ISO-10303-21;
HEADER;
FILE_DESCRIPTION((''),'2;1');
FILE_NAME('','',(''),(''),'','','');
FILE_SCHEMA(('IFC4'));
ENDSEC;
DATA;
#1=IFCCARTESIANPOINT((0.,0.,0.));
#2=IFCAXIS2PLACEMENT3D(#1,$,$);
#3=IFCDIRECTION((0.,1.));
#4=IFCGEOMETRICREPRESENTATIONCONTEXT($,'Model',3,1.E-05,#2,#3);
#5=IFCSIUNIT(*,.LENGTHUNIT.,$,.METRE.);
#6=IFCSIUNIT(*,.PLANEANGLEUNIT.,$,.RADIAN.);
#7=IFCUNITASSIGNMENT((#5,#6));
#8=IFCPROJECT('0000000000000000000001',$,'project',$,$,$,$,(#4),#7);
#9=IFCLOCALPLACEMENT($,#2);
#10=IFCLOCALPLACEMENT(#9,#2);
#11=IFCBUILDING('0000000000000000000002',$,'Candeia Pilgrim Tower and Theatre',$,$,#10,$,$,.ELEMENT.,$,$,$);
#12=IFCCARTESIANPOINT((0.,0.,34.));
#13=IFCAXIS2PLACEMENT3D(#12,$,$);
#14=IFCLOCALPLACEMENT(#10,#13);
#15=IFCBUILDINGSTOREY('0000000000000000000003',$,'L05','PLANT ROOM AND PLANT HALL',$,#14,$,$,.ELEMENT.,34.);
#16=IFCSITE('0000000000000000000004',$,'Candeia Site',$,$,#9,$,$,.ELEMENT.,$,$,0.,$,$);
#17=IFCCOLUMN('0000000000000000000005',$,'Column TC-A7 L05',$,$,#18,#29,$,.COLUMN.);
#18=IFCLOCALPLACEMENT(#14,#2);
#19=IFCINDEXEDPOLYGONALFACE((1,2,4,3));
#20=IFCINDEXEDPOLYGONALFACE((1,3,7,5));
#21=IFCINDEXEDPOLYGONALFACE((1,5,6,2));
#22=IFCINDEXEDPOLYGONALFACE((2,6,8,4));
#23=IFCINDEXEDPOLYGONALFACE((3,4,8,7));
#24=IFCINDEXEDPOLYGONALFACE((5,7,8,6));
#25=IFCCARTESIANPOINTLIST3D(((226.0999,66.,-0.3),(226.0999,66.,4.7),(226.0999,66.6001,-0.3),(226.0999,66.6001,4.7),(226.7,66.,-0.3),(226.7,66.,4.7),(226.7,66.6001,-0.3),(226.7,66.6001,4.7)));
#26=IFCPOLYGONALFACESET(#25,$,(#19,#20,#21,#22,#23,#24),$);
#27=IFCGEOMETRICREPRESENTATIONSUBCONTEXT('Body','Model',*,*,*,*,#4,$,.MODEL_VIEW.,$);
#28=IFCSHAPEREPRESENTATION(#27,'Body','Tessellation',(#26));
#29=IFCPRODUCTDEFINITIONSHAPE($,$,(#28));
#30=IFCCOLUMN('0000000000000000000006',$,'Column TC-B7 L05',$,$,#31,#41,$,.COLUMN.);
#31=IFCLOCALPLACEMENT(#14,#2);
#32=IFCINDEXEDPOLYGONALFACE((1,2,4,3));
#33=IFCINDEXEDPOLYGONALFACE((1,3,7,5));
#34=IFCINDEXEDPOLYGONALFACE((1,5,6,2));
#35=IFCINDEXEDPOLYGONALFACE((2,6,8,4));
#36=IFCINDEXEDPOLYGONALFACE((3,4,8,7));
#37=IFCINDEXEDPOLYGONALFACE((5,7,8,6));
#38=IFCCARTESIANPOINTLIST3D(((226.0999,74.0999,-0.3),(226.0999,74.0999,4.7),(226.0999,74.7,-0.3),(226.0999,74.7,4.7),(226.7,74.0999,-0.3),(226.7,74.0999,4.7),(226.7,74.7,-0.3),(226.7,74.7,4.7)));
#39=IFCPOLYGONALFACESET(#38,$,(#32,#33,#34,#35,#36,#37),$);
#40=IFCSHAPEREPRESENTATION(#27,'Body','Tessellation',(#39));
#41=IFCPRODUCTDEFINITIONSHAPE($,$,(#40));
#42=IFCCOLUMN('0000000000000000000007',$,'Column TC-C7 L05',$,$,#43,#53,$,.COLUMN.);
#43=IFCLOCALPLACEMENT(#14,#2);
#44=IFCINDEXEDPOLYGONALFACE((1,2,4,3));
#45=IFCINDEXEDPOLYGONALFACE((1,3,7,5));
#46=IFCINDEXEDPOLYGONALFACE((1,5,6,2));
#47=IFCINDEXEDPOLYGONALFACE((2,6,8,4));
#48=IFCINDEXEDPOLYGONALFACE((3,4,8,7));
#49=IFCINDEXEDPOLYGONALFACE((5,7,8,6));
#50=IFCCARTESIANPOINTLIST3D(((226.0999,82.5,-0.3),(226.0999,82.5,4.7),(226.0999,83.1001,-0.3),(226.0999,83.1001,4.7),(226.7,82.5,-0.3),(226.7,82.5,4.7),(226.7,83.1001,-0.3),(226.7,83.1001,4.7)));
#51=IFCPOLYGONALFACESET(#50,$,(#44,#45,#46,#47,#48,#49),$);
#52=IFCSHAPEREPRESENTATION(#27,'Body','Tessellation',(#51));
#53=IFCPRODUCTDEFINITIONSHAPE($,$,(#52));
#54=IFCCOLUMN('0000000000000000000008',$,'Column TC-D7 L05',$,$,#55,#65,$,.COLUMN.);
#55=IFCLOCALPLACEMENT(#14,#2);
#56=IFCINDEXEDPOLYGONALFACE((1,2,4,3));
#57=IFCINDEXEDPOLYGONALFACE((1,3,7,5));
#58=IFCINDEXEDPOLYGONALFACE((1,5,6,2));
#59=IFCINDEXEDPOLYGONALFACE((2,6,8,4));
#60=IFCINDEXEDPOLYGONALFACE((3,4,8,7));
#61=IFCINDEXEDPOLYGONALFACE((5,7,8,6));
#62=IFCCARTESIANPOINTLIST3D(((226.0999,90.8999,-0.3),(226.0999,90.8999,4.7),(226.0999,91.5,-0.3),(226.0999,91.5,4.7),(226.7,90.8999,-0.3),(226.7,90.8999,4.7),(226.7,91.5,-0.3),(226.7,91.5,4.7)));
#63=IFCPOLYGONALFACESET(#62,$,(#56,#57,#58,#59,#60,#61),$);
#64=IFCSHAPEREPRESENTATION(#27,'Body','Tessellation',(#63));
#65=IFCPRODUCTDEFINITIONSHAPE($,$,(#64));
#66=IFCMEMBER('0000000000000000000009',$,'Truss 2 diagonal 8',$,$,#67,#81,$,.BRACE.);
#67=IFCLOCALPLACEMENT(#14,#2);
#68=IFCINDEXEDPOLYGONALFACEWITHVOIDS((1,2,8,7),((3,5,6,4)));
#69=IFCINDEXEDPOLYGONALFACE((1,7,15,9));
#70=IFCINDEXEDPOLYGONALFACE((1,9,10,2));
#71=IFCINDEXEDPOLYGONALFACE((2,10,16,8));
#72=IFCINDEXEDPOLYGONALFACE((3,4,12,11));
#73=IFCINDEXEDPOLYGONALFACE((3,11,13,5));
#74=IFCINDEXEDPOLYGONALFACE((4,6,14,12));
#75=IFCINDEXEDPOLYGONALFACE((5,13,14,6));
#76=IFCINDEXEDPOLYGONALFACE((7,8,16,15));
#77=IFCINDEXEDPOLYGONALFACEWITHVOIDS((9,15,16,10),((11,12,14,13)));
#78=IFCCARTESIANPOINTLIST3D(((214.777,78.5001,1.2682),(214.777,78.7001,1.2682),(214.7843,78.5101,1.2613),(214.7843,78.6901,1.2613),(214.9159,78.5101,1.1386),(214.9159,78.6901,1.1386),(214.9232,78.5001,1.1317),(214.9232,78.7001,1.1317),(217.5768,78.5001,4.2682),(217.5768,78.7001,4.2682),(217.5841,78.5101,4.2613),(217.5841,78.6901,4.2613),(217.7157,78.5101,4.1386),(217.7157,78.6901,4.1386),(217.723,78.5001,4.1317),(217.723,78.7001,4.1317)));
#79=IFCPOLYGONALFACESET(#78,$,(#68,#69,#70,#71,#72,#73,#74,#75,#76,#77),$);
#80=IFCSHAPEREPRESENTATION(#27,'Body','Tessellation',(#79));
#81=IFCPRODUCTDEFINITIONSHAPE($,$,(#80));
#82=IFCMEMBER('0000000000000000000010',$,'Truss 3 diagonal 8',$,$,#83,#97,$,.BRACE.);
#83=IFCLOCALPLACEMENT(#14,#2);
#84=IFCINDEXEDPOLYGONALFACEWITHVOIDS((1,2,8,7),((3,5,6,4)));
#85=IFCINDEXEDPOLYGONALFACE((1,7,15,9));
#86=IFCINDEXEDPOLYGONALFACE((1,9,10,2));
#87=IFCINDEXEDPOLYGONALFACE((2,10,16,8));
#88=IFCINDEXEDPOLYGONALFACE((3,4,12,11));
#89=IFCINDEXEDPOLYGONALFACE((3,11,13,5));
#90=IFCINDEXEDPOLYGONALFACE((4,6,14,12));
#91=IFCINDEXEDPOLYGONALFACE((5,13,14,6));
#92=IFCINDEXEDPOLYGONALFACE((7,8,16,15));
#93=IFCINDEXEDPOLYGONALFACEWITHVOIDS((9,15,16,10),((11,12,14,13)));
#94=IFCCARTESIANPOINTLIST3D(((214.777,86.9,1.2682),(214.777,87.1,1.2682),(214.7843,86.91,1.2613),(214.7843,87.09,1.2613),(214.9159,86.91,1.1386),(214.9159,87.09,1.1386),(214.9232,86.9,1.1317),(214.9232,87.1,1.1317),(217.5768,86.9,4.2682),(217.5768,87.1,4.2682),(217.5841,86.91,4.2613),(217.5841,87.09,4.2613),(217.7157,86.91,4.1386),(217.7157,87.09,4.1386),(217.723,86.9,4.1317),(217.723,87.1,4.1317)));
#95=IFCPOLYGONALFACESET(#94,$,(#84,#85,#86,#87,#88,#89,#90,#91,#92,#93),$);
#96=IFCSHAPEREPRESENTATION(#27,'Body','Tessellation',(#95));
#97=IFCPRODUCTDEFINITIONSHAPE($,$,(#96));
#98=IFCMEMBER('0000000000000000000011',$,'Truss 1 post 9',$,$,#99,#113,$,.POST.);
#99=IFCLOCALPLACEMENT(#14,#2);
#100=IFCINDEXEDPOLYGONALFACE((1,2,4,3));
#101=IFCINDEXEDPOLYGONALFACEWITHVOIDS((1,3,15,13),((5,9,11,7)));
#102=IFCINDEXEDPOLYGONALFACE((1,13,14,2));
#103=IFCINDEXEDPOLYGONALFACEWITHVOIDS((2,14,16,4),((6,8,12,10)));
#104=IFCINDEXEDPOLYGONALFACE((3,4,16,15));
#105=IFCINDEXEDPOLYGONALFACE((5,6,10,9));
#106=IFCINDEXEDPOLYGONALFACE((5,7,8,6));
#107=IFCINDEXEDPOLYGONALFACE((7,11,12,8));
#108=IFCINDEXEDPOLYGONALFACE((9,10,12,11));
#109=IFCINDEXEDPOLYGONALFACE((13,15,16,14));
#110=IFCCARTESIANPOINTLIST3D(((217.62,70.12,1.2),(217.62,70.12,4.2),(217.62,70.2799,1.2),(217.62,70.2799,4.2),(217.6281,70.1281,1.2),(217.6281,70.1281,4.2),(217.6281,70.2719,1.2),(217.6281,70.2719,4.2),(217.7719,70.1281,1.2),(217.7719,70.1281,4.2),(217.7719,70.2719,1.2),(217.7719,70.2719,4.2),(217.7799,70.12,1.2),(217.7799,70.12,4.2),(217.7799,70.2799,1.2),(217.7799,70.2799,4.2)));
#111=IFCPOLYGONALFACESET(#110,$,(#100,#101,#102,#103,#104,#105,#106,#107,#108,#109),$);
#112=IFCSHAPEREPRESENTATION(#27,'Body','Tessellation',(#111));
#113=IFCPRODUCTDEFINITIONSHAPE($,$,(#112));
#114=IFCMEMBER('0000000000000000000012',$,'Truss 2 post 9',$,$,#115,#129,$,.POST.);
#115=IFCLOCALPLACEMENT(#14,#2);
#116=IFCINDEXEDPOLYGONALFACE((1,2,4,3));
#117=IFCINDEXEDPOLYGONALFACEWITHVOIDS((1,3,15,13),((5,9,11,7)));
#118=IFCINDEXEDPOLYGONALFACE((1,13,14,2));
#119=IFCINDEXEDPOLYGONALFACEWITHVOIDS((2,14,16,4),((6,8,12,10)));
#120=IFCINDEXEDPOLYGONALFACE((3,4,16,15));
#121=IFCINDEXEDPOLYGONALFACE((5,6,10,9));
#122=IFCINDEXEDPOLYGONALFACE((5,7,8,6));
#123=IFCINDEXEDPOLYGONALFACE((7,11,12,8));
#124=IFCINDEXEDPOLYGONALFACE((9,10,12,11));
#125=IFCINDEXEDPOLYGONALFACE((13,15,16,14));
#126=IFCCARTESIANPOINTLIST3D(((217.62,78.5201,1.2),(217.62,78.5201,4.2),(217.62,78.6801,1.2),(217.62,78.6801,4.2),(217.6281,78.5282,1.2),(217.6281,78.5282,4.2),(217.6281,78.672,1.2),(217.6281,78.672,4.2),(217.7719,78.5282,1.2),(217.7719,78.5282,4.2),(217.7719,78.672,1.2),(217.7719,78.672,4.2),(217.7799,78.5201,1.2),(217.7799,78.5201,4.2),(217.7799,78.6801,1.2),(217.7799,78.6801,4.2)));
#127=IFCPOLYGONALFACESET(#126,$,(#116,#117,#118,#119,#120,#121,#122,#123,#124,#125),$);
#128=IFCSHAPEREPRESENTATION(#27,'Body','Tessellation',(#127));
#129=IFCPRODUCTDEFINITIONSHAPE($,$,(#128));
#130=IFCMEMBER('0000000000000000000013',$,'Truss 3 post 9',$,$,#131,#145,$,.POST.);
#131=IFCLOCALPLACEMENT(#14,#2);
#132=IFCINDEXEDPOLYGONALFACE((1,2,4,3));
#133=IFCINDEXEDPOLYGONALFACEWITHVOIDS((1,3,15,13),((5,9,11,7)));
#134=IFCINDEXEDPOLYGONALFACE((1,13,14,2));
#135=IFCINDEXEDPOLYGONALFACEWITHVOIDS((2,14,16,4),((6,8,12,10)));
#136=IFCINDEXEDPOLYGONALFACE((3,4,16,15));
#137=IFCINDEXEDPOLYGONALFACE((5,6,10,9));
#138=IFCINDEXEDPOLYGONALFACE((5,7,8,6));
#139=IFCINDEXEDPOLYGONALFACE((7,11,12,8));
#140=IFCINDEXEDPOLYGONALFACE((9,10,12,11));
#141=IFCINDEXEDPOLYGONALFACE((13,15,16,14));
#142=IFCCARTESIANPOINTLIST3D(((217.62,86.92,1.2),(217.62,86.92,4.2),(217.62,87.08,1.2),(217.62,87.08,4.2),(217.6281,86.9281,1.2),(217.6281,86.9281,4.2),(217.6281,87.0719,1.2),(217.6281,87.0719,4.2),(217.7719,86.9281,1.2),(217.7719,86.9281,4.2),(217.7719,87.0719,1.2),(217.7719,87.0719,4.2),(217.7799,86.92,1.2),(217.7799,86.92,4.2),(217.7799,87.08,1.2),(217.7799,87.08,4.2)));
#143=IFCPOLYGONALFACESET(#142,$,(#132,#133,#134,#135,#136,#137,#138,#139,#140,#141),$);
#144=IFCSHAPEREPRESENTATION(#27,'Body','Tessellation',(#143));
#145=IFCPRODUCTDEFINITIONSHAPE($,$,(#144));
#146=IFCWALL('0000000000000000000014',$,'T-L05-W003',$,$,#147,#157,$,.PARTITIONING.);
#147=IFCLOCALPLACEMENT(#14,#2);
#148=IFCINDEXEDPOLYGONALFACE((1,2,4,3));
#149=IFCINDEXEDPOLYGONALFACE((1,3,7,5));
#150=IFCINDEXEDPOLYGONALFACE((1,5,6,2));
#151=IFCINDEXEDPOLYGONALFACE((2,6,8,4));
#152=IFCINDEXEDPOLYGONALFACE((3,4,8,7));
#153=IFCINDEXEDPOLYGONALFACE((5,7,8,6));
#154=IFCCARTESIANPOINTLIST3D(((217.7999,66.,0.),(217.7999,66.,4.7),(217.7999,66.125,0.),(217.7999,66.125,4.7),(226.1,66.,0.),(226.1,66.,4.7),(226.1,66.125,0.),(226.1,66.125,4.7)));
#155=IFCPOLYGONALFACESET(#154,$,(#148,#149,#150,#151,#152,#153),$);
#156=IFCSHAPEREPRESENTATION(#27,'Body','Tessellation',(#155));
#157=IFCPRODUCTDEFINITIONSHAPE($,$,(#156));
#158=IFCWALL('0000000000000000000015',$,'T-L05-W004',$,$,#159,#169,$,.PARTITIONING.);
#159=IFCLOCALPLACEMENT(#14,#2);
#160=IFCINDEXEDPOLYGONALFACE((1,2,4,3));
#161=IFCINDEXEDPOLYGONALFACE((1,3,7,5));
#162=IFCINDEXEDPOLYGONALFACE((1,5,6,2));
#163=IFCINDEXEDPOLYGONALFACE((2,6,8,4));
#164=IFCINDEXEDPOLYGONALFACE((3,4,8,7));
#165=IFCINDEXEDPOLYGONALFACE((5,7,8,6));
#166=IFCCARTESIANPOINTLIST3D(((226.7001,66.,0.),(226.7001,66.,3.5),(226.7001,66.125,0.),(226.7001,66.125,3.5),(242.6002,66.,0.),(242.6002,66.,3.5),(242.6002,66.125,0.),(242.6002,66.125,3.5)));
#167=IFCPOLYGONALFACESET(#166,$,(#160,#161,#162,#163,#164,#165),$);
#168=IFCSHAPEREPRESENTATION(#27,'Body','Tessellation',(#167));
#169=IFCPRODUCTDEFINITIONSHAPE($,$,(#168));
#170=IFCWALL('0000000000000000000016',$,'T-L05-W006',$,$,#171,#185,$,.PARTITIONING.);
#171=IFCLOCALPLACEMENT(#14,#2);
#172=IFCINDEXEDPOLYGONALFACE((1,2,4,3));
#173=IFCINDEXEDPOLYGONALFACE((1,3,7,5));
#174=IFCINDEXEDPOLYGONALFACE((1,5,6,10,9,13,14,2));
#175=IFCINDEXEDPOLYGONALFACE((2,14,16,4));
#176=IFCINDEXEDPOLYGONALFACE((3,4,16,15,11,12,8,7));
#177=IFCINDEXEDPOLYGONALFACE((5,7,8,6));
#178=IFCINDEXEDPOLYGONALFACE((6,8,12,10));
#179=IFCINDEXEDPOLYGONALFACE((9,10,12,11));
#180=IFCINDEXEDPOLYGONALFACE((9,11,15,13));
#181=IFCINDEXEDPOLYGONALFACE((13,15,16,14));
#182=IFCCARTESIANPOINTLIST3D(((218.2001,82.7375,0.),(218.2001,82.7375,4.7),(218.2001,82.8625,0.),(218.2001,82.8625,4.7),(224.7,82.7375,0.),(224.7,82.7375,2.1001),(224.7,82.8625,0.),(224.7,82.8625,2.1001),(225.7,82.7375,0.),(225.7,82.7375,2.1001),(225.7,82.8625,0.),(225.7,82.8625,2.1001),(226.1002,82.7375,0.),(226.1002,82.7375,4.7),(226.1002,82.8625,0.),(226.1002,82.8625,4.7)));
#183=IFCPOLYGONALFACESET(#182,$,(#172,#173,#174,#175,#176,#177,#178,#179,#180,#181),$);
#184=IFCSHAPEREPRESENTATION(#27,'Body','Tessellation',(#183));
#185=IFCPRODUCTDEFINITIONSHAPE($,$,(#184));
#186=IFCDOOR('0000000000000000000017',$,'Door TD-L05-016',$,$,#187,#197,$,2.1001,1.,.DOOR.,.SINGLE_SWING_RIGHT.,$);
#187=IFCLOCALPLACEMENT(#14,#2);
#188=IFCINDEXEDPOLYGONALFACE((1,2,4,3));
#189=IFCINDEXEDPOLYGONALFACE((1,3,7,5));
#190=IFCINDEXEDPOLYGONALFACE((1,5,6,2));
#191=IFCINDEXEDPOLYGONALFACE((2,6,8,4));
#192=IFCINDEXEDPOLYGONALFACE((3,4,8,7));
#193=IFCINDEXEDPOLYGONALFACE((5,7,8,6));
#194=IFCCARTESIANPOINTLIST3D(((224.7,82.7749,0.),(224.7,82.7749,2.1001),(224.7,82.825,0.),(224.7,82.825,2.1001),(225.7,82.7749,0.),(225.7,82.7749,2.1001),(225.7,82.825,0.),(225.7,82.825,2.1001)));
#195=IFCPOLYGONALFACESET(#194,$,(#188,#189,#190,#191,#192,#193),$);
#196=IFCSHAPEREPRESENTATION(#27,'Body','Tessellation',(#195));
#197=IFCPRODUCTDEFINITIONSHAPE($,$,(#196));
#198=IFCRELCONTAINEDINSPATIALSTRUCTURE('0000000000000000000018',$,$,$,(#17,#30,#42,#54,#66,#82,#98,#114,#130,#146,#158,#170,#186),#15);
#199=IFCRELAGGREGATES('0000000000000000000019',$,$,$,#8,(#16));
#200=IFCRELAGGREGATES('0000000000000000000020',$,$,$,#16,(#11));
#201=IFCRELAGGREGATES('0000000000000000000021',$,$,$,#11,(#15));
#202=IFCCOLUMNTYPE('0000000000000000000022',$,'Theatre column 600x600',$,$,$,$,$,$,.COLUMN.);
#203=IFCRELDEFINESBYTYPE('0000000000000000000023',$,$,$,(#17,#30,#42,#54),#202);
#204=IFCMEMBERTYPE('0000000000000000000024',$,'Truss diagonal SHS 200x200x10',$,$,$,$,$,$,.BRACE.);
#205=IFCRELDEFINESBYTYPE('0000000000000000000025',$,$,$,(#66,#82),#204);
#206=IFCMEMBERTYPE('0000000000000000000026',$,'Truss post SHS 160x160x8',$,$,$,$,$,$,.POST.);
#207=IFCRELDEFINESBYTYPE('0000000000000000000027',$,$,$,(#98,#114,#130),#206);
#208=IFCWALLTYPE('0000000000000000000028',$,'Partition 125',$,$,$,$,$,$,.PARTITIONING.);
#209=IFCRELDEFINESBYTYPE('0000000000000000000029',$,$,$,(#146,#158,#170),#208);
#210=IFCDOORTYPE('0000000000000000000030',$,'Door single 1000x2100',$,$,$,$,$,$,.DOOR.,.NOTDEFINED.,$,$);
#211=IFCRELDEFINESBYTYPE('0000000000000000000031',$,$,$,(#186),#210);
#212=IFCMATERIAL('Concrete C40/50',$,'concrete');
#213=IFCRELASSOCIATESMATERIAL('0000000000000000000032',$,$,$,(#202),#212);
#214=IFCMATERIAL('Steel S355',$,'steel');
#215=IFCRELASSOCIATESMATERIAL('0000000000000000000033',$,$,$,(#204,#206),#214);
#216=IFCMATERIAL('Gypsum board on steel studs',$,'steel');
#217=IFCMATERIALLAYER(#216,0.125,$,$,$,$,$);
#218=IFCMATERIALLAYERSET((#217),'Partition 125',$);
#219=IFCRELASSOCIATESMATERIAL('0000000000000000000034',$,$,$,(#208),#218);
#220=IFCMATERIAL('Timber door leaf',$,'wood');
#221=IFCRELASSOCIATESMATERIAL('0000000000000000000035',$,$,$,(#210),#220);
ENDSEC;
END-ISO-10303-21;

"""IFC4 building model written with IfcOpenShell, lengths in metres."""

from ifc_helpers import new_model, si_unit, direction, frame, frame_2d, origin, origin_2d, place, context, subcontext, project, spatial, rectangle, hollow_rectangle, extrude, material, layer, layer_set, material_profile, profile_set, type_object, element, fill, save


model = new_model("IFC4")

# Units and contexts
model_context = context("Model", 3, precision=1e-05, world=origin(), true_north=direction((0.0, 1.0)))
body_context = subcontext(model_context, "Body", "Model", "MODEL_VIEW")
ifc_project = project(units=[si_unit("LENGTHUNIT", "METRE"), si_unit("PLANEANGLEUNIT", "RADIAN")], contexts=[model_context])

# Site, building, storey
site_placement = place(None, origin())
site = spatial("IfcSite", under=ifc_project, at=site_placement, Name="Candeia Site", CompositionType="ELEMENT", RefElevation=0.0)
building_placement = place(site_placement, origin())
building = spatial("IfcBuilding", under=site, at=building_placement, Name="Candeia Pilgrim Tower and Theatre", CompositionType="ELEMENT")
storey_placement = place(building_placement, frame((0.0, 0.0, 34.0)))
storey = spatial("IfcBuildingStorey", under=building, at=storey_placement, Name="L05", Description="PLANT ROOM AND PLANT HALL", CompositionType="ELEMENT", Elevation=34.0)

# Columns
ifc_material_1 = material(Name="Concrete C40/50", Category="concrete")
ifc_material_profile_1 = material_profile(ifc_material_1, rectangle(XDim=0.6001, YDim=0.6001, at=origin_2d()))
ifc_profile_set_1 = profile_set([ifc_material_profile_1], Name="Concrete C40/50")
column_type = type_object("IfcColumnType", Name="Theatre column 600x600", PredefinedType="COLUMN", material=ifc_profile_set_1)
for number, where, z_axis, x_axis, name in (
    (1, (226.3999, 66.3, -0.3), (0.0, 0.0, 1.0), (1.0, 0.0, 0.0), "Column TC-A7 L05"),
    (2, (226.3999, 74.3999, -0.3), (0.0, 0.0, 1.0), (1.0, 0.0, 0.0), "Column TC-B7 L05"),
    (3, (226.3999, 82.8, -0.3), (0.0, 0.0, 1.0), (1.0, 0.0, 0.0), "Column TC-C7 L05"),
    (4, (226.3999, 91.2, -0.3), (0.0, 0.0, 1.0), (1.0, 0.0, 0.0), "Column TC-D7 L05"),
):
    element("IfcColumn", number, at=place(storey_placement, frame(where, z_axis=z_axis, x_axis=x_axis)), inside=storey, type_object=column_type, Name=name, PredefinedType="COLUMN", context=body_context, shape_type="SweptSolid", body=[
        extrude(rectangle(XDim=0.6001, YDim=0.6001, at=origin_2d()), origin(), (0.0, 0.0, 1.0), 5.0),
    ])

# Members
ifc_material_2 = material(Name="Steel S355", Category="steel")
ifc_material_profile_2 = material_profile(ifc_material_2, hollow_rectangle(XDim=0.2, YDim=0.2, WallThickness=0.01, at=origin_2d()))
ifc_profile_set_2 = profile_set([ifc_material_profile_2], Name="Steel S355")
member_type_1 = type_object("IfcMemberType", Name="Truss diagonal SHS 200x200x10", PredefinedType="BRACE", material=ifc_profile_set_2)
for number, where, z_axis, x_axis, name in (
    (5, (214.8501, 78.6001, 1.2), (0.682293, 0.0, 0.731079), (0.0, 1.0, 0.0), "Truss 2 diagonal 8"),
    (6, (214.8501, 87.0, 1.2), (0.682293, 0.0, 0.731079), (0.0, 1.0, 0.0), "Truss 3 diagonal 8"),
):
    element("IfcMember", number, at=place(storey_placement, frame(where, z_axis=z_axis, x_axis=x_axis)), inside=storey, type_object=member_type_1, Name=name, PredefinedType="BRACE", context=body_context, shape_type="SweptSolid", body=[
        extrude(hollow_rectangle(XDim=0.2, YDim=0.2, WallThickness=0.01, at=origin_2d()), origin(), (0.0, 0.0, 1.0), 4.1035),
    ])
ifc_material_profile_3 = material_profile(ifc_material_2, hollow_rectangle(XDim=0.1599, YDim=0.1599, WallThickness=0.0081, at=origin_2d()))
ifc_profile_set_3 = profile_set([ifc_material_profile_3], Name="Steel S355")
member_type_2 = type_object("IfcMemberType", Name="Truss post SHS 160x160x8", PredefinedType="POST", material=ifc_profile_set_3)
for number, where, z_axis, x_axis, name in (
    (7, (217.7, 70.2, 1.2), (0.0, 0.0, 1.0), (1.0, 0.0, 0.0), "Truss 1 post 9"),
    (8, (217.7, 78.6001, 1.2), (0.0, 0.0, 1.0), (1.0, 0.0, 0.0), "Truss 2 post 9"),
    (9, (217.7, 87.0, 1.2), (0.0, 0.0, 1.0), (1.0, 0.0, 0.0), "Truss 3 post 9"),
):
    element("IfcMember", number, at=place(storey_placement, frame(where, z_axis=z_axis, x_axis=x_axis)), inside=storey, type_object=member_type_2, Name=name, PredefinedType="POST", context=body_context, shape_type="SweptSolid", body=[
        extrude(hollow_rectangle(XDim=0.1599, YDim=0.1599, WallThickness=0.0081, at=origin_2d()), origin(), (0.0, 0.0, 1.0), 3.0),
    ])

# Walls
ifc_material_3 = material(Name="Gypsum board on steel studs", Category="steel")
ifc_layer_1 = layer(ifc_material_3, 0.125)
ifc_layer_set_1 = layer_set([ifc_layer_1], Name="Partition 125")
wall_type_1 = type_object("IfcWallType", Name="Partition 125", PredefinedType="PARTITIONING", material=ifc_layer_set_1)
wall_1_placement = place(storey_placement, frame((217.8, 66.0625, 0.0), z_axis=(0.0, 0.0, 1.0), x_axis=(1.0, 0.0, 0.0)))
element("IfcWall", 10, at=wall_1_placement, inside=storey, type_object=wall_type_1, Name="T-L05-W003", PredefinedType="PARTITIONING", context=body_context, shape_type="SweptSolid", body=[
    extrude(rectangle(XDim=8.3, YDim=0.125, at=frame_2d((4.1499, 0.0))), origin(), (0.0, 0.0, 1.0), 4.7),
])
wall_2_placement = place(storey_placement, frame((226.7, 66.0625, 0.0), z_axis=(0.0, 0.0, 1.0), x_axis=(1.0, 0.0, 0.0)))
element("IfcWall", 11, at=wall_2_placement, inside=storey, type_object=wall_type_1, Name="T-L05-W004", PredefinedType="PARTITIONING", context=body_context, shape_type="SweptSolid", body=[
    extrude(rectangle(XDim=15.9001, YDim=0.125, at=frame_2d((7.9502, 0.0))), origin(), (0.0, 0.0, 1.0), 3.5),
])

# Wall, opening, door
wall_3_placement = place(storey_placement, frame((218.2, 82.8, 0.0), z_axis=(0.0, 0.0, 1.0), x_axis=(1.0, 0.0, 0.0)))
wall_3 = element("IfcWall", 12, at=wall_3_placement, inside=storey, type_object=wall_type_1, Name="T-L05-W006", PredefinedType="PARTITIONING", context=body_context, shape_type="SweptSolid", body=[
    extrude(rectangle(XDim=7.9001, YDim=0.125, at=frame_2d((3.9502, 0.0))), origin(), (0.0, 0.0, 1.0), 4.7),
])
opening_1_placement = place(wall_3_placement, frame((6.5, 0.0, 0.0)))
opening_1 = element("IfcOpeningElement", 13, at=opening_1_placement, cuts=wall_3, PredefinedType="OPENING", context=body_context, shape_type="SweptSolid", body=[
    extrude(rectangle(XDim=1.0, YDim=2.1001, at=frame_2d((0.5, 1.05))), frame((0.0, 0.0725, 0.0), z_axis=(0.0, -1.0, 0.0), x_axis=(1.0, 0.0, 0.0)), (0.0, 0.0, 1.0), 0.145),
])
ifc_material_4 = material(Name="Timber door leaf", Category="wood")
door_type_1 = type_object("IfcDoorType", Name="Door single 1000x2100", OperationType="NOTDEFINED", PredefinedType="DOOR", material=ifc_material_4)
door_1_placement = place(opening_1_placement, origin())
door_1 = element("IfcDoor", 14, at=door_1_placement, inside=storey, type_object=door_type_1, Name="Door TD-L05-016", OperationType="SINGLE_SWING_RIGHT", OverallHeight=2.1001, OverallWidth=1.0, PredefinedType="DOOR", context=body_context, shape_type="SweptSolid", body=[
    extrude(rectangle(XDim=1.0, YDim=2.1001, at=frame_2d((0.5, 1.05))), frame((0.0, 0.0249, 0.0), z_axis=(0.0, -1.0, 0.0), x_axis=(1.0, 0.0, 0.0)), (0.0, 0.0, 1.0), 0.05),
])
fill(opening_1, door_1)

save(model, "model.ifc")
